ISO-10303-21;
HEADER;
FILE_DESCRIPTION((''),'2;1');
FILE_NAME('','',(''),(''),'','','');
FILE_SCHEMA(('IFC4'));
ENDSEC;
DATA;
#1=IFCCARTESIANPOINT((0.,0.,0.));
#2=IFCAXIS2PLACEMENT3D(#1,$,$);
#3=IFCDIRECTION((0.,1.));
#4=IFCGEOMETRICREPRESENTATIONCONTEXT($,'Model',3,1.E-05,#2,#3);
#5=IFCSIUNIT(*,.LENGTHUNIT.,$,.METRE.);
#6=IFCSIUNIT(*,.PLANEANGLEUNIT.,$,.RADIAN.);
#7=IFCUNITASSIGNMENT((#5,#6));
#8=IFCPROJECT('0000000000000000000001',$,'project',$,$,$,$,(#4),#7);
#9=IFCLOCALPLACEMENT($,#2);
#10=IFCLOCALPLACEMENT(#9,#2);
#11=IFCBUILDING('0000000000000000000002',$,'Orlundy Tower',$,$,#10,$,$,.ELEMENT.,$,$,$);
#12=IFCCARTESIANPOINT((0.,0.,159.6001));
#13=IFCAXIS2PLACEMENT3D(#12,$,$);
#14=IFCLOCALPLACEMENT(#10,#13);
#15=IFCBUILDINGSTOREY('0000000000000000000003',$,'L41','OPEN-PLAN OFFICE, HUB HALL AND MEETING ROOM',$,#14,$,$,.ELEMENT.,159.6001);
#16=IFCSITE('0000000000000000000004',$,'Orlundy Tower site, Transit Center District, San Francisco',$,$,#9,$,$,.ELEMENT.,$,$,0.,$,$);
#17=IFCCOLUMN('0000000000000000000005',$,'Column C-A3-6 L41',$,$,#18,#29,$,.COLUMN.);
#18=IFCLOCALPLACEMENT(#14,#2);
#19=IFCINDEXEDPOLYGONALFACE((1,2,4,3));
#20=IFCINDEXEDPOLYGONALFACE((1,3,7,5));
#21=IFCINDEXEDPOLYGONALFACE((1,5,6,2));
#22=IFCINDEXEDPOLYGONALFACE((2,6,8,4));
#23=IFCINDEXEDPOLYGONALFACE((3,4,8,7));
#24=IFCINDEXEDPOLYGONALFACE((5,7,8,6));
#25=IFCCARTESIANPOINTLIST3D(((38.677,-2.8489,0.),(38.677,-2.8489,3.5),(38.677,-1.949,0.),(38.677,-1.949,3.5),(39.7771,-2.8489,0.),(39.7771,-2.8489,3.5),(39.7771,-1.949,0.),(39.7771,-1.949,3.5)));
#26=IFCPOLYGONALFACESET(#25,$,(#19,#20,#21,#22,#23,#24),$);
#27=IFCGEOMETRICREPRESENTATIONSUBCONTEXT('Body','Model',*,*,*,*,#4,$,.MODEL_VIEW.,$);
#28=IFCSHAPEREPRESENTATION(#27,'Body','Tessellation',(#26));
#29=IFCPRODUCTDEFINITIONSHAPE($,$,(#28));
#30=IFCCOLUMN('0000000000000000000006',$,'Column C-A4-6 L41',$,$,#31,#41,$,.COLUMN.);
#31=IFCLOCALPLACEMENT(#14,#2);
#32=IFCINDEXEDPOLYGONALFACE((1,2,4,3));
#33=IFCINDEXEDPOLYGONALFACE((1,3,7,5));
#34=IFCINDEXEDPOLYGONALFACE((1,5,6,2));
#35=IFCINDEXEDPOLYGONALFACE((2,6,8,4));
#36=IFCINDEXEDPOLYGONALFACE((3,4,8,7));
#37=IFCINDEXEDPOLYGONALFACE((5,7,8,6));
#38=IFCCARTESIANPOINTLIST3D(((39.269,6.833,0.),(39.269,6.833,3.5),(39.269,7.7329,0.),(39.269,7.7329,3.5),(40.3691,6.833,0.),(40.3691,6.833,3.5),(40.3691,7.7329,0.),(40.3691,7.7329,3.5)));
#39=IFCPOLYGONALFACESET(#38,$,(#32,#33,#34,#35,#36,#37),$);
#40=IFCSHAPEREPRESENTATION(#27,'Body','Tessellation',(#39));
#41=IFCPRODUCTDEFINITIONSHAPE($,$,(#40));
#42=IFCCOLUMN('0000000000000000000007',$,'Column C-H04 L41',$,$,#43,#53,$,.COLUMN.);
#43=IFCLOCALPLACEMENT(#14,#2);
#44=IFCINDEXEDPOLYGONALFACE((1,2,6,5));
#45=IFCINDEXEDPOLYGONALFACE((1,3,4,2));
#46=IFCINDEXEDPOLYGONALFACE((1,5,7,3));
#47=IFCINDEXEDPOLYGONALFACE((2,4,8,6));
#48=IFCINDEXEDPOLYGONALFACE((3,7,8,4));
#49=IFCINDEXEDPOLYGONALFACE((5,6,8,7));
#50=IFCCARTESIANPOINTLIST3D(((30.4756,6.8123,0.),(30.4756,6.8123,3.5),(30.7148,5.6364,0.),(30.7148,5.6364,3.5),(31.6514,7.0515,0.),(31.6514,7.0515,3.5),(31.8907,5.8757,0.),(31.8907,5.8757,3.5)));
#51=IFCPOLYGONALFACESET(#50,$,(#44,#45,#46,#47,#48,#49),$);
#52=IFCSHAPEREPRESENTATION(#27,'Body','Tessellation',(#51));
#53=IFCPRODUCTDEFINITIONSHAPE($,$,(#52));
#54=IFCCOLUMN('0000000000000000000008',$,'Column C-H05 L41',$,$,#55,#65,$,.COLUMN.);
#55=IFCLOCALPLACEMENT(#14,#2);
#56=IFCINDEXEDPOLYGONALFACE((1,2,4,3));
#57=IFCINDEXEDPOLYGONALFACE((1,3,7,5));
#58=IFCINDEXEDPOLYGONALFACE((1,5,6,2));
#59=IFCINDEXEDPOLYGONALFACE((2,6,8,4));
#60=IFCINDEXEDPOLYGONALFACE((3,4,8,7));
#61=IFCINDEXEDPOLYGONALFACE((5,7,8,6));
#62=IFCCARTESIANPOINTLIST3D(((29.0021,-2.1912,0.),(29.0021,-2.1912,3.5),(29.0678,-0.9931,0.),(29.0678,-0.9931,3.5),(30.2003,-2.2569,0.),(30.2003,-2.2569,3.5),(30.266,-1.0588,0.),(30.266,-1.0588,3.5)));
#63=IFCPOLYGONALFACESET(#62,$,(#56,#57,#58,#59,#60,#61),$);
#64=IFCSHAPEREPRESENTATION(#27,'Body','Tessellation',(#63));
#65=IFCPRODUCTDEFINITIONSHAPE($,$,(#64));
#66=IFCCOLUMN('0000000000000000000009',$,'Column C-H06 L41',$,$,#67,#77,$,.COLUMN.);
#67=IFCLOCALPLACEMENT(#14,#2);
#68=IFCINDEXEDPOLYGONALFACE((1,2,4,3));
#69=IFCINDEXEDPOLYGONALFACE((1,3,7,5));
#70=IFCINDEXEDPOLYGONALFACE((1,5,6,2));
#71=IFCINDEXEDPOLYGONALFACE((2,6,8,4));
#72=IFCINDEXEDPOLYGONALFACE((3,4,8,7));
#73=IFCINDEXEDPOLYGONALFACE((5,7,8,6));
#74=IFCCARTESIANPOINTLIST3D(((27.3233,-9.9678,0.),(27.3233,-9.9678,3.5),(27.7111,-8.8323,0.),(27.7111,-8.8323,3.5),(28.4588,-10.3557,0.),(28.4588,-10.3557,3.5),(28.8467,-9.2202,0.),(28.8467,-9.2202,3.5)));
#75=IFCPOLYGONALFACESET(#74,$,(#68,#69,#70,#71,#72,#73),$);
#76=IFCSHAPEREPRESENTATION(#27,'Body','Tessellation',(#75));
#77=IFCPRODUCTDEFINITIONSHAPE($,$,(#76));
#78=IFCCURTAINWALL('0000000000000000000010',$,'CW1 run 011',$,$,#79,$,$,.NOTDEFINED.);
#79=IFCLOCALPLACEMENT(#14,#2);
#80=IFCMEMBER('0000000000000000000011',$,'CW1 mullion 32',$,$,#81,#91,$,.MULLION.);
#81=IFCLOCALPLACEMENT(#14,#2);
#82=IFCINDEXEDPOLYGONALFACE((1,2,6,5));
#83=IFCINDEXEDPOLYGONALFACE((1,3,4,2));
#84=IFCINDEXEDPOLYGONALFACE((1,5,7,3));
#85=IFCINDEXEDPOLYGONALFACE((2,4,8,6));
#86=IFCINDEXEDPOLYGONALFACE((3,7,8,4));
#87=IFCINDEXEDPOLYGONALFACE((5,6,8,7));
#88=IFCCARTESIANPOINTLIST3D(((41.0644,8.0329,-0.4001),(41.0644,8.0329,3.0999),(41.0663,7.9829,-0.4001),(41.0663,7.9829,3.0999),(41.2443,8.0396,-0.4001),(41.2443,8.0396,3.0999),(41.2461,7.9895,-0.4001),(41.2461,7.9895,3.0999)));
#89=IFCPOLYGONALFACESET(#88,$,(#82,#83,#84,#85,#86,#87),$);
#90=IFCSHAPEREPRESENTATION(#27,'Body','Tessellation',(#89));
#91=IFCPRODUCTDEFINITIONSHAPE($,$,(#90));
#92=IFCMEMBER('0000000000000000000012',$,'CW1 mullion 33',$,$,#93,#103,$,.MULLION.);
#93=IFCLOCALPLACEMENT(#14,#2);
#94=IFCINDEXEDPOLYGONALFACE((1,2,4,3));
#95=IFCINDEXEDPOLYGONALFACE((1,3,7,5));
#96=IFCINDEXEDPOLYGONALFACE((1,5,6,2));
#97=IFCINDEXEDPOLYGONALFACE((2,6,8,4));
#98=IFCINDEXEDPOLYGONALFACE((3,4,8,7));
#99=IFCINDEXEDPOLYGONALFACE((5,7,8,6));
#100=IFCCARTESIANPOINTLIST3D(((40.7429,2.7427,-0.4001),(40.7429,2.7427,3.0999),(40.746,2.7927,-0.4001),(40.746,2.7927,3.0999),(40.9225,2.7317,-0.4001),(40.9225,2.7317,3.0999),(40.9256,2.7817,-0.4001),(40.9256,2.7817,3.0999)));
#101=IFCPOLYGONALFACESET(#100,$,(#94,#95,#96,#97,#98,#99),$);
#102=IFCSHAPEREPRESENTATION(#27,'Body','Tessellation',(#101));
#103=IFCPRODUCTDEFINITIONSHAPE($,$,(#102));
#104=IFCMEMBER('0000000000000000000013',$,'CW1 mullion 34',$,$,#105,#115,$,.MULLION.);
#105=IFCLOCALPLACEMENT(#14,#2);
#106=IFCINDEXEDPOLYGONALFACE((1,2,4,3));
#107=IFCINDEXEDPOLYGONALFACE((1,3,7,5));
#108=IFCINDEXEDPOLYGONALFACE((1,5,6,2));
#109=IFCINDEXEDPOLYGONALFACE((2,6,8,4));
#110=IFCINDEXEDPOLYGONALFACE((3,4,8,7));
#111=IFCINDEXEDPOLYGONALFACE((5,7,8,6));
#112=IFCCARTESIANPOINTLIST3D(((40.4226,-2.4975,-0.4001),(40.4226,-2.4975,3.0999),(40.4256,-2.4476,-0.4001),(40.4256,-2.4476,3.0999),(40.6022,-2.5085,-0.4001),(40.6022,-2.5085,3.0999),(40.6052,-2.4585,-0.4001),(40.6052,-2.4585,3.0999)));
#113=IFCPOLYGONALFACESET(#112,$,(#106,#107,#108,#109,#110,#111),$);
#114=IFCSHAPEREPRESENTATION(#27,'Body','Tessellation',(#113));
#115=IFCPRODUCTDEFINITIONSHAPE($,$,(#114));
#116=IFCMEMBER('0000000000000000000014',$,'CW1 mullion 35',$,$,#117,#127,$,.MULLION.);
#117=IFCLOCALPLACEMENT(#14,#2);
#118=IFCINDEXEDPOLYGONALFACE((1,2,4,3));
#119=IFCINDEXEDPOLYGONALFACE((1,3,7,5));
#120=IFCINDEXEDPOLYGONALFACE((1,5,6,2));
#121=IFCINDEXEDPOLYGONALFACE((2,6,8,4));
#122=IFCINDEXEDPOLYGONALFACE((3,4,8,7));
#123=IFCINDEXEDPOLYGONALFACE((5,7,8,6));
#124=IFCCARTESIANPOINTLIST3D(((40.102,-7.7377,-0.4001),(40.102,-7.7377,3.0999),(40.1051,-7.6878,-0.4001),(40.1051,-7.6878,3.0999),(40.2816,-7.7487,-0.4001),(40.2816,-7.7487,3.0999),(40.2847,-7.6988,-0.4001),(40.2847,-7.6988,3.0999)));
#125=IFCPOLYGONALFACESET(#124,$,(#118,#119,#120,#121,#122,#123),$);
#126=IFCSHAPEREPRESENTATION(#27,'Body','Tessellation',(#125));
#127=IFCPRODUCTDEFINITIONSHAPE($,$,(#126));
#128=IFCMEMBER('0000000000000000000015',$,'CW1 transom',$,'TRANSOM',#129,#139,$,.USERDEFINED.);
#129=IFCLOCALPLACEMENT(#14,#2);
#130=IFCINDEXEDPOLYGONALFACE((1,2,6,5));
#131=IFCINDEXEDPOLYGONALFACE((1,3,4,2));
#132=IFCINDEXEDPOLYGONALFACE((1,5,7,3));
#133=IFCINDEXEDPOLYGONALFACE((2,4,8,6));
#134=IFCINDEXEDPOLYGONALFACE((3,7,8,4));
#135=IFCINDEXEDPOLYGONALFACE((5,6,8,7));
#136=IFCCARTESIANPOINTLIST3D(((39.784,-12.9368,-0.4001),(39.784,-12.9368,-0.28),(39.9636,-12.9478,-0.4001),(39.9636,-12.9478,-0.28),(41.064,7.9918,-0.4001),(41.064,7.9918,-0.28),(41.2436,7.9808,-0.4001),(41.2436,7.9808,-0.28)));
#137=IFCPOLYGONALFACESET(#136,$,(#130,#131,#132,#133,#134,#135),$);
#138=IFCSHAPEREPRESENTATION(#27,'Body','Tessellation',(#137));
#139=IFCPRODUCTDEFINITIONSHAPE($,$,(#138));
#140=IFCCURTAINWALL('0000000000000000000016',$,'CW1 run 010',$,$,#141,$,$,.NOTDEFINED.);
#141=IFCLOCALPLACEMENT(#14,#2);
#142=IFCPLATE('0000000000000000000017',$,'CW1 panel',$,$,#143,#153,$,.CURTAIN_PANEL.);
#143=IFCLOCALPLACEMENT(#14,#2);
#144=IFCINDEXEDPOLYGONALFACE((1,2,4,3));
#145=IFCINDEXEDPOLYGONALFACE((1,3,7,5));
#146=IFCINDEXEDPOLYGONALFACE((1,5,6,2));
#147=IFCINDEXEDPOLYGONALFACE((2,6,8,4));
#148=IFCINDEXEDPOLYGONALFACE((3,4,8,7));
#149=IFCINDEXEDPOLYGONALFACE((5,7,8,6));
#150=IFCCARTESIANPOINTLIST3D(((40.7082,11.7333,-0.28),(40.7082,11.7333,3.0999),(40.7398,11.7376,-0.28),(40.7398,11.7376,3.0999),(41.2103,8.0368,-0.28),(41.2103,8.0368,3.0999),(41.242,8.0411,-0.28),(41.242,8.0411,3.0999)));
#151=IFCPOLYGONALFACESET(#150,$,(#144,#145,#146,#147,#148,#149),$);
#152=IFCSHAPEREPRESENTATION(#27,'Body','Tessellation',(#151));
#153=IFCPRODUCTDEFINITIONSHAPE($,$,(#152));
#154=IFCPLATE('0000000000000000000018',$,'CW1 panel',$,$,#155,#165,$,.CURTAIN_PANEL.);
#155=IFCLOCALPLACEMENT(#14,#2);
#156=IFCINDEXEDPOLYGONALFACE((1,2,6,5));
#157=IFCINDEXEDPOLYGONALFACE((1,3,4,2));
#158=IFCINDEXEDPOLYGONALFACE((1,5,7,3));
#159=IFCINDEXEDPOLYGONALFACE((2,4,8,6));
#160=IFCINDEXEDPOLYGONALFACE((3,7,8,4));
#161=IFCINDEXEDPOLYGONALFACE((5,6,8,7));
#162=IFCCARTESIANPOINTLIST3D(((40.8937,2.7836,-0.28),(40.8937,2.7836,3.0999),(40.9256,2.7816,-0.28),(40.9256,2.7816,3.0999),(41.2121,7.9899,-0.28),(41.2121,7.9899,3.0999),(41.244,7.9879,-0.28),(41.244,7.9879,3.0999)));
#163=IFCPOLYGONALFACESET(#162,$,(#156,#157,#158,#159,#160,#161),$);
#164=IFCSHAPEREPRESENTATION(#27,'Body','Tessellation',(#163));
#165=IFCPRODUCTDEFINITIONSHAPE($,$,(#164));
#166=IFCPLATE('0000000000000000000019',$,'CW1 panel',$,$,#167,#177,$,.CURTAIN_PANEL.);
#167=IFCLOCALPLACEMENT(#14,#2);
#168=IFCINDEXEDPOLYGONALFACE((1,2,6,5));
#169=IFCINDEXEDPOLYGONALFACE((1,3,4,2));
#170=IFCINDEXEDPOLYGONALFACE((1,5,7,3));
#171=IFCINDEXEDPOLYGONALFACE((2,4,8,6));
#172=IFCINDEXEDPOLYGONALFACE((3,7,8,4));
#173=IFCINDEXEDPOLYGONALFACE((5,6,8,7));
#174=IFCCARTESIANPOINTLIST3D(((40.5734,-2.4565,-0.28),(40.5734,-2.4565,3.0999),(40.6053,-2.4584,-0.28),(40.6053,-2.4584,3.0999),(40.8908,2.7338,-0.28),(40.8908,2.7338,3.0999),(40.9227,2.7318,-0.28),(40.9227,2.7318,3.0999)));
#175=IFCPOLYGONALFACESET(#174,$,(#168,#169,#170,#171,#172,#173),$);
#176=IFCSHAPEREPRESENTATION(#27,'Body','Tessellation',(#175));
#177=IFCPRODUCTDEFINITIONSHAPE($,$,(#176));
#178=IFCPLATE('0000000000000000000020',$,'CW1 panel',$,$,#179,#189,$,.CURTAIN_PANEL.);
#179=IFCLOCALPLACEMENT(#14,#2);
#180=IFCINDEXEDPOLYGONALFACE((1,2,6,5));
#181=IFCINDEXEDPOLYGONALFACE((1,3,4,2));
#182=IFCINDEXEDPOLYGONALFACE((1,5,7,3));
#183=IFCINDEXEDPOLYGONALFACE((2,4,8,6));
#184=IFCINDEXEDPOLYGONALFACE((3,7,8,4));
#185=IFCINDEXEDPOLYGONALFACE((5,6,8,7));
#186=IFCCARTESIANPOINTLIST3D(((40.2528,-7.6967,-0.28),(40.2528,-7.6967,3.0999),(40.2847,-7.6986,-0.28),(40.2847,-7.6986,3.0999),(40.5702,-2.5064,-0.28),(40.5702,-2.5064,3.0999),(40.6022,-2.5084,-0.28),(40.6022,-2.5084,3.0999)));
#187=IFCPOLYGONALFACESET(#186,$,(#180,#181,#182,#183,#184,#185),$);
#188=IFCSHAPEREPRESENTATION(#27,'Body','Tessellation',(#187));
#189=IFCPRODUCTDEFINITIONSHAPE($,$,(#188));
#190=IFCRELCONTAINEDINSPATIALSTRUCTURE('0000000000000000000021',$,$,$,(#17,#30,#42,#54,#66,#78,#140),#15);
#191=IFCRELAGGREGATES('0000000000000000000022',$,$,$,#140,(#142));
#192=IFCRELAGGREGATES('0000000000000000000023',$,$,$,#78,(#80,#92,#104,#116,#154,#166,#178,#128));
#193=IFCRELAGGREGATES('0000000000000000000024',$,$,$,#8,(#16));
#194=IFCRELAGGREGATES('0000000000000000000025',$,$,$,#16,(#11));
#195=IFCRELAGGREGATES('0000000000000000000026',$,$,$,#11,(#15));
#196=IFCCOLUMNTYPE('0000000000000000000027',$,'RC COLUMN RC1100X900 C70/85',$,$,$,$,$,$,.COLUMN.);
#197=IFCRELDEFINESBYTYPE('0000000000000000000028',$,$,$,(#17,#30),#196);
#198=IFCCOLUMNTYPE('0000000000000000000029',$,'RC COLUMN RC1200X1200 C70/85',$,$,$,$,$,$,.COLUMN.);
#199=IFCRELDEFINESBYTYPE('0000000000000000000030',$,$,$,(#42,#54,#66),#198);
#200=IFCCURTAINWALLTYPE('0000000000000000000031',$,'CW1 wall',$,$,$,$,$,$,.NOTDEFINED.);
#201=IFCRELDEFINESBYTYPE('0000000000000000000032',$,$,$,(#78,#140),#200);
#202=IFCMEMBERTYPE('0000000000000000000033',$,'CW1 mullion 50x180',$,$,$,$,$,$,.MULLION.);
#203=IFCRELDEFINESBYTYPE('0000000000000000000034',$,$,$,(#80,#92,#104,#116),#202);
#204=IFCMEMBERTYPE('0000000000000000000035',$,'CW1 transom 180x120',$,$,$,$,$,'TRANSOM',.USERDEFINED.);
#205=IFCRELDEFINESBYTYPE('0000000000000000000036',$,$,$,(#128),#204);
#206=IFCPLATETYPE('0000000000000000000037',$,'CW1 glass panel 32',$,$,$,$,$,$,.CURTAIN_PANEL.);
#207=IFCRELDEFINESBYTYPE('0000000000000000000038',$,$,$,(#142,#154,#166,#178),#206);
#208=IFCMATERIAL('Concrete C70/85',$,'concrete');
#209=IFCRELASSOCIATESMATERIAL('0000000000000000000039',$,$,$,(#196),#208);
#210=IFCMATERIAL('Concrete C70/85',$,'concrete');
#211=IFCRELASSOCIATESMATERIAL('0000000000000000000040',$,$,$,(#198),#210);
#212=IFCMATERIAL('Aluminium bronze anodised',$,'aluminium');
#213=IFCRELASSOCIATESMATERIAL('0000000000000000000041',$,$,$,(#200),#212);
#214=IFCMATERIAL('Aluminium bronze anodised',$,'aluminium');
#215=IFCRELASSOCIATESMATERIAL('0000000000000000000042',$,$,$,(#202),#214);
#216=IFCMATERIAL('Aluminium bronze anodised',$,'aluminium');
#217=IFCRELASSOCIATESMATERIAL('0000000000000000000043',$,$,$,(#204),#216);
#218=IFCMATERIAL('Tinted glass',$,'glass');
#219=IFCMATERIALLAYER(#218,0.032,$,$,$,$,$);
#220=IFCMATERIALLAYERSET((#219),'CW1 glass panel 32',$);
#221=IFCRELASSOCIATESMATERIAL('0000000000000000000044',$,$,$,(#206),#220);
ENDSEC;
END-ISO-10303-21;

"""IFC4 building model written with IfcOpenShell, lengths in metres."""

from ifc_helpers import new_model, si_unit, direction, frame, origin, origin_2d, place, context, subcontext, project, spatial, rectangle, extrude, material, layer, layer_set, material_profile, profile_set, type_object, element, aggregate, save


model = new_model("IFC4")

# Units and contexts
model_context = context("Model", 3, precision=1e-05, world=origin(), true_north=direction((0.0, 1.0)))
body_context = subcontext(model_context, "Body", "Model", "MODEL_VIEW")
ifc_project = project(units=[si_unit("LENGTHUNIT", "METRE"), si_unit("PLANEANGLEUNIT", "RADIAN")], contexts=[model_context])

# Site, building, storey
site_placement = place(None, origin())
site = spatial("IfcSite", under=ifc_project, at=site_placement, Name="Orlundy Tower site, Transit Center District, San Francisco", CompositionType="ELEMENT", RefElevation=0.0)
building_placement = place(site_placement, origin())
building = spatial("IfcBuilding", under=site, at=building_placement, Name="Orlundy Tower", CompositionType="ELEMENT")
storey_placement = place(building_placement, frame((0.0, 0.0, 159.6001)))
storey = spatial("IfcBuildingStorey", under=building, at=storey_placement, Name="L41", Description="OPEN-PLAN OFFICE, HUB HALL AND MEETING ROOM", CompositionType="ELEMENT", Elevation=159.6001)

# Columns
ifc_material_1 = material(Name="Concrete C70/85", Category="concrete")
ifc_material_profile_1 = material_profile(ifc_material_1, rectangle(XDim=1.1001, YDim=0.8999, at=origin_2d()), Name="RC1100X900")
ifc_profile_set_1 = profile_set([ifc_material_profile_1], Name="Concrete C70/85")
column_type_1 = type_object("IfcColumnType", Name="RC COLUMN RC1100X900 C70/85", PredefinedType="COLUMN", material=ifc_profile_set_1)
for number, where, z_axis, x_axis, name in (
    (1, (39.2271, -2.3989, 0.0), (0.0, 0.0, 1.0), (1.0, 0.0, 0.0), "Column C-A3-6 L41"),
    (2, (39.8191, 7.283, 0.0), (0.0, 0.0, 1.0), (1.0, 0.0, 0.0), "Column C-A4-6 L41"),
):
    element("IfcColumn", number, at=place(storey_placement, frame(where, z_axis=z_axis, x_axis=x_axis)), inside=storey, type_object=column_type_1, Name=name, PredefinedType="COLUMN", context=body_context, shape_type="SweptSolid", body=[
        extrude(rectangle(XDim=1.1001, YDim=0.8999, at=origin_2d()), origin(), (0.0, 0.0, 1.0), 3.5),
    ])
ifc_material_2 = material(Name="Concrete C70/85", Category="concrete")
ifc_material_profile_2 = material_profile(ifc_material_2, rectangle(XDim=1.2, YDim=1.2, at=origin_2d()), Name="RC1200X1200")
ifc_profile_set_2 = profile_set([ifc_material_profile_2], Name="Concrete C70/85")
column_type_2 = type_object("IfcColumnType", Name="RC COLUMN RC1200X1200 C70/85", PredefinedType="COLUMN", material=ifc_profile_set_2)
for number, where, z_axis, x_axis, name in (
    (3, (31.1831, 6.344, 0.0), (0.0, 0.0, 1.0), (0.979925, 0.199368, 0.0), "Column C-H04 L41"),
    (4, (29.634, -1.625, 0.0), (0.0, 0.0, 1.0), (0.9985, -0.054758, 0.0), "Column C-H05 L41"),
    (5, (28.085, -9.594, 0.0), (0.0, 0.0, 1.0), (0.946311, -0.323257, 0.0), "Column C-H06 L41"),
):
    element("IfcColumn", number, at=place(storey_placement, frame(where, z_axis=z_axis, x_axis=x_axis)), inside=storey, type_object=column_type_2, Name=name, PredefinedType="COLUMN", context=body_context, shape_type="SweptSolid", body=[
        extrude(rectangle(XDim=1.2, YDim=1.2, at=origin_2d()), origin(), (0.0, 0.0, 1.0), 3.5),
    ])

# Curtain wall, members
ifc_material_3 = material(Name="Aluminium bronze anodised", Category="aluminium")
curtain_wall_type = type_object("IfcCurtainWallType", Name="CW1 wall", PredefinedType="NOTDEFINED", material=ifc_material_3)
curtain_wall_1_placement = place(storey_placement, origin())
curtain_wall_1 = element("IfcCurtainWall", 6, at=curtain_wall_1_placement, inside=storey, type_object=curtain_wall_type, Name="CW1 run 011", PredefinedType="NOTDEFINED")
ifc_material_4 = material(Name="Aluminium bronze anodised", Category="aluminium")
ifc_material_profile_3 = material_profile(ifc_material_4, rectangle(XDim=0.1799, YDim=0.05, at=origin_2d()), Name="CW1 mullion 50x180")
ifc_profile_set_3 = profile_set([ifc_material_profile_3], Name="Aluminium bronze anodised")
member_type_1 = type_object("IfcMemberType", Name="CW1 mullion 50x180", PredefinedType="MULLION", material=ifc_profile_set_3)
member_1_placement = place(storey_placement, frame((41.1553, 8.0112, -0.4001), z_axis=(0.0, 0.0, 1.0), x_axis=(0.999317, 0.036964, 0.0)))
member_1 = element("IfcMember", 7, at=member_1_placement, type_object=member_type_1, Name="CW1 mullion 32", PredefinedType="MULLION", context=body_context, shape_type="SweptSolid", body=[
    extrude(rectangle(XDim=0.1799, YDim=0.05, at=origin_2d()), origin(), (0.0, 0.0, 1.0), 3.5),
])
member_2_placement = place(storey_placement, frame((40.8342, 2.7622, -0.4001), z_axis=(0.0, 0.0, 1.0), x_axis=(0.998135, -0.061047, 0.0)))
member_2 = element("IfcMember", 8, at=member_2_placement, type_object=member_type_1, Name="CW1 mullion 33", PredefinedType="MULLION", context=body_context, shape_type="SweptSolid", body=[
    extrude(rectangle(XDim=0.1799, YDim=0.05, at=origin_2d()), origin(), (0.0, 0.0, 1.0), 3.5),
])
member_3_placement = place(storey_placement, frame((40.5139, -2.478, -0.4001), z_axis=(0.0, 0.0, 1.0), x_axis=(0.998135, -0.061047, 0.0)))
member_3 = element("IfcMember", 9, at=member_3_placement, type_object=member_type_1, Name="CW1 mullion 34", PredefinedType="MULLION", context=body_context, shape_type="SweptSolid", body=[
    extrude(rectangle(XDim=0.1799, YDim=0.05, at=origin_2d()), origin(), (0.0, 0.0, 1.0), 3.5),
])
member_4_placement = place(storey_placement, frame((40.1934, -7.7183, -0.4001), z_axis=(0.0, 0.0, 1.0), x_axis=(0.998135, -0.061047, 0.0)))
member_4 = element("IfcMember", 10, at=member_4_placement, type_object=member_type_1, Name="CW1 mullion 35", PredefinedType="MULLION", context=body_context, shape_type="SweptSolid", body=[
    extrude(rectangle(XDim=0.1799, YDim=0.05, at=origin_2d()), origin(), (0.0, 0.0, 1.0), 3.5),
])
ifc_material_5 = material(Name="Aluminium bronze anodised", Category="aluminium")
ifc_material_profile_4 = material_profile(ifc_material_5, rectangle(XDim=0.1799, YDim=0.1201, at=origin_2d()), Name="CW1 transom 180x120")
ifc_profile_set_4 = profile_set([ifc_material_profile_4], Name="Aluminium bronze anodised")
member_type_2 = type_object("IfcMemberType", Name="CW1 transom 180x120", ElementType="TRANSOM", PredefinedType="USERDEFINED", material=ifc_profile_set_4)
member_5_placement = place(storey_placement, frame((41.1538, 7.9863, -0.3401), z_axis=(-0.061047, -0.998135, 0.0), x_axis=(0.998135, -0.061047, 0.0)))
member_5 = element("IfcMember", 11, at=member_5_placement, type_object=member_type_2, Name="CW1 transom", ObjectType="TRANSOM", PredefinedType="USERDEFINED", context=body_context, shape_type="SweptSolid", body=[
    extrude(rectangle(XDim=0.1799, YDim=0.1201, at=origin_2d()), origin(), (0.0, 0.0, 1.0), 20.9678),
])

# Curtain wall, plate
curtain_wall_2_placement = place(storey_placement, origin())
curtain_wall_2 = element("IfcCurtainWall", 12, at=curtain_wall_2_placement, inside=storey, type_object=curtain_wall_type, Name="CW1 run 010", PredefinedType="NOTDEFINED")
ifc_material_6 = material(Name="Tinted glass", Category="glass")
ifc_layer_1 = layer(ifc_material_6, 0.032)
ifc_layer_set_1 = layer_set([ifc_layer_1], Name="CW1 glass panel 32")
plate_type = type_object("IfcPlateType", Name="CW1 glass panel 32", PredefinedType="CURTAIN_PANEL", material=ifc_layer_set_1)
plate_1_placement = place(storey_placement, frame((40.9751, 9.8872, -0.28), z_axis=(0.0, 0.0, 1.0), x_axis=(0.13462, -0.990897, 0.0)))
plate_1 = element("IfcPlate", 13, at=plate_1_placement, type_object=plate_type, Name="CW1 panel", PredefinedType="CURTAIN_PANEL", context=body_context, shape_type="SweptSolid", body=[
    extrude(rectangle(XDim=3.7305, YDim=0.032, at=origin_2d()), origin(), (0.0, 0.0, 1.0), 3.3799),
])
aggregate(curtain_wall_2, [plate_1])

# Plates
plate_2_placement = place(storey_placement, frame((41.0688, 5.3857, -0.28), z_axis=(0.0, 0.0, 1.0), x_axis=(-0.061047, -0.998135, 0.0)))
plate_2 = element("IfcPlate", 14, at=plate_2_placement, type_object=plate_type, Name="CW1 panel", PredefinedType="CURTAIN_PANEL", context=body_context, shape_type="SweptSolid", body=[
    extrude(rectangle(XDim=5.2161, YDim=0.032, at=origin_2d()), origin(), (0.0, 0.0, 1.0), 3.3799),
])
plate_3_placement = place(storey_placement, frame((40.748, 0.1377, -0.28), z_axis=(0.0, 0.0, 1.0), x_axis=(-0.061047, -0.998135, 0.0)))
plate_3 = element("IfcPlate", 15, at=plate_3_placement, type_object=plate_type, Name="CW1 panel", PredefinedType="CURTAIN_PANEL", context=body_context, shape_type="SweptSolid", body=[
    extrude(rectangle(XDim=5.2, YDim=0.032, at=origin_2d()), origin(), (0.0, 0.0, 1.0), 3.3799),
])
plate_4_placement = place(storey_placement, frame((40.4275, -5.1025, -0.28), z_axis=(0.0, 0.0, 1.0), x_axis=(-0.061047, -0.998135, 0.0)))
plate_4 = element("IfcPlate", 16, at=plate_4_placement, type_object=plate_type, Name="CW1 panel", PredefinedType="CURTAIN_PANEL", context=body_context, shape_type="SweptSolid", body=[
    extrude(rectangle(XDim=5.2, YDim=0.032, at=origin_2d()), origin(), (0.0, 0.0, 1.0), 3.3799),
])
aggregate(curtain_wall_1, [member_1, member_2, member_3, member_4, plate_2, plate_3, plate_4, member_5])

save(model, "model.ifc")
